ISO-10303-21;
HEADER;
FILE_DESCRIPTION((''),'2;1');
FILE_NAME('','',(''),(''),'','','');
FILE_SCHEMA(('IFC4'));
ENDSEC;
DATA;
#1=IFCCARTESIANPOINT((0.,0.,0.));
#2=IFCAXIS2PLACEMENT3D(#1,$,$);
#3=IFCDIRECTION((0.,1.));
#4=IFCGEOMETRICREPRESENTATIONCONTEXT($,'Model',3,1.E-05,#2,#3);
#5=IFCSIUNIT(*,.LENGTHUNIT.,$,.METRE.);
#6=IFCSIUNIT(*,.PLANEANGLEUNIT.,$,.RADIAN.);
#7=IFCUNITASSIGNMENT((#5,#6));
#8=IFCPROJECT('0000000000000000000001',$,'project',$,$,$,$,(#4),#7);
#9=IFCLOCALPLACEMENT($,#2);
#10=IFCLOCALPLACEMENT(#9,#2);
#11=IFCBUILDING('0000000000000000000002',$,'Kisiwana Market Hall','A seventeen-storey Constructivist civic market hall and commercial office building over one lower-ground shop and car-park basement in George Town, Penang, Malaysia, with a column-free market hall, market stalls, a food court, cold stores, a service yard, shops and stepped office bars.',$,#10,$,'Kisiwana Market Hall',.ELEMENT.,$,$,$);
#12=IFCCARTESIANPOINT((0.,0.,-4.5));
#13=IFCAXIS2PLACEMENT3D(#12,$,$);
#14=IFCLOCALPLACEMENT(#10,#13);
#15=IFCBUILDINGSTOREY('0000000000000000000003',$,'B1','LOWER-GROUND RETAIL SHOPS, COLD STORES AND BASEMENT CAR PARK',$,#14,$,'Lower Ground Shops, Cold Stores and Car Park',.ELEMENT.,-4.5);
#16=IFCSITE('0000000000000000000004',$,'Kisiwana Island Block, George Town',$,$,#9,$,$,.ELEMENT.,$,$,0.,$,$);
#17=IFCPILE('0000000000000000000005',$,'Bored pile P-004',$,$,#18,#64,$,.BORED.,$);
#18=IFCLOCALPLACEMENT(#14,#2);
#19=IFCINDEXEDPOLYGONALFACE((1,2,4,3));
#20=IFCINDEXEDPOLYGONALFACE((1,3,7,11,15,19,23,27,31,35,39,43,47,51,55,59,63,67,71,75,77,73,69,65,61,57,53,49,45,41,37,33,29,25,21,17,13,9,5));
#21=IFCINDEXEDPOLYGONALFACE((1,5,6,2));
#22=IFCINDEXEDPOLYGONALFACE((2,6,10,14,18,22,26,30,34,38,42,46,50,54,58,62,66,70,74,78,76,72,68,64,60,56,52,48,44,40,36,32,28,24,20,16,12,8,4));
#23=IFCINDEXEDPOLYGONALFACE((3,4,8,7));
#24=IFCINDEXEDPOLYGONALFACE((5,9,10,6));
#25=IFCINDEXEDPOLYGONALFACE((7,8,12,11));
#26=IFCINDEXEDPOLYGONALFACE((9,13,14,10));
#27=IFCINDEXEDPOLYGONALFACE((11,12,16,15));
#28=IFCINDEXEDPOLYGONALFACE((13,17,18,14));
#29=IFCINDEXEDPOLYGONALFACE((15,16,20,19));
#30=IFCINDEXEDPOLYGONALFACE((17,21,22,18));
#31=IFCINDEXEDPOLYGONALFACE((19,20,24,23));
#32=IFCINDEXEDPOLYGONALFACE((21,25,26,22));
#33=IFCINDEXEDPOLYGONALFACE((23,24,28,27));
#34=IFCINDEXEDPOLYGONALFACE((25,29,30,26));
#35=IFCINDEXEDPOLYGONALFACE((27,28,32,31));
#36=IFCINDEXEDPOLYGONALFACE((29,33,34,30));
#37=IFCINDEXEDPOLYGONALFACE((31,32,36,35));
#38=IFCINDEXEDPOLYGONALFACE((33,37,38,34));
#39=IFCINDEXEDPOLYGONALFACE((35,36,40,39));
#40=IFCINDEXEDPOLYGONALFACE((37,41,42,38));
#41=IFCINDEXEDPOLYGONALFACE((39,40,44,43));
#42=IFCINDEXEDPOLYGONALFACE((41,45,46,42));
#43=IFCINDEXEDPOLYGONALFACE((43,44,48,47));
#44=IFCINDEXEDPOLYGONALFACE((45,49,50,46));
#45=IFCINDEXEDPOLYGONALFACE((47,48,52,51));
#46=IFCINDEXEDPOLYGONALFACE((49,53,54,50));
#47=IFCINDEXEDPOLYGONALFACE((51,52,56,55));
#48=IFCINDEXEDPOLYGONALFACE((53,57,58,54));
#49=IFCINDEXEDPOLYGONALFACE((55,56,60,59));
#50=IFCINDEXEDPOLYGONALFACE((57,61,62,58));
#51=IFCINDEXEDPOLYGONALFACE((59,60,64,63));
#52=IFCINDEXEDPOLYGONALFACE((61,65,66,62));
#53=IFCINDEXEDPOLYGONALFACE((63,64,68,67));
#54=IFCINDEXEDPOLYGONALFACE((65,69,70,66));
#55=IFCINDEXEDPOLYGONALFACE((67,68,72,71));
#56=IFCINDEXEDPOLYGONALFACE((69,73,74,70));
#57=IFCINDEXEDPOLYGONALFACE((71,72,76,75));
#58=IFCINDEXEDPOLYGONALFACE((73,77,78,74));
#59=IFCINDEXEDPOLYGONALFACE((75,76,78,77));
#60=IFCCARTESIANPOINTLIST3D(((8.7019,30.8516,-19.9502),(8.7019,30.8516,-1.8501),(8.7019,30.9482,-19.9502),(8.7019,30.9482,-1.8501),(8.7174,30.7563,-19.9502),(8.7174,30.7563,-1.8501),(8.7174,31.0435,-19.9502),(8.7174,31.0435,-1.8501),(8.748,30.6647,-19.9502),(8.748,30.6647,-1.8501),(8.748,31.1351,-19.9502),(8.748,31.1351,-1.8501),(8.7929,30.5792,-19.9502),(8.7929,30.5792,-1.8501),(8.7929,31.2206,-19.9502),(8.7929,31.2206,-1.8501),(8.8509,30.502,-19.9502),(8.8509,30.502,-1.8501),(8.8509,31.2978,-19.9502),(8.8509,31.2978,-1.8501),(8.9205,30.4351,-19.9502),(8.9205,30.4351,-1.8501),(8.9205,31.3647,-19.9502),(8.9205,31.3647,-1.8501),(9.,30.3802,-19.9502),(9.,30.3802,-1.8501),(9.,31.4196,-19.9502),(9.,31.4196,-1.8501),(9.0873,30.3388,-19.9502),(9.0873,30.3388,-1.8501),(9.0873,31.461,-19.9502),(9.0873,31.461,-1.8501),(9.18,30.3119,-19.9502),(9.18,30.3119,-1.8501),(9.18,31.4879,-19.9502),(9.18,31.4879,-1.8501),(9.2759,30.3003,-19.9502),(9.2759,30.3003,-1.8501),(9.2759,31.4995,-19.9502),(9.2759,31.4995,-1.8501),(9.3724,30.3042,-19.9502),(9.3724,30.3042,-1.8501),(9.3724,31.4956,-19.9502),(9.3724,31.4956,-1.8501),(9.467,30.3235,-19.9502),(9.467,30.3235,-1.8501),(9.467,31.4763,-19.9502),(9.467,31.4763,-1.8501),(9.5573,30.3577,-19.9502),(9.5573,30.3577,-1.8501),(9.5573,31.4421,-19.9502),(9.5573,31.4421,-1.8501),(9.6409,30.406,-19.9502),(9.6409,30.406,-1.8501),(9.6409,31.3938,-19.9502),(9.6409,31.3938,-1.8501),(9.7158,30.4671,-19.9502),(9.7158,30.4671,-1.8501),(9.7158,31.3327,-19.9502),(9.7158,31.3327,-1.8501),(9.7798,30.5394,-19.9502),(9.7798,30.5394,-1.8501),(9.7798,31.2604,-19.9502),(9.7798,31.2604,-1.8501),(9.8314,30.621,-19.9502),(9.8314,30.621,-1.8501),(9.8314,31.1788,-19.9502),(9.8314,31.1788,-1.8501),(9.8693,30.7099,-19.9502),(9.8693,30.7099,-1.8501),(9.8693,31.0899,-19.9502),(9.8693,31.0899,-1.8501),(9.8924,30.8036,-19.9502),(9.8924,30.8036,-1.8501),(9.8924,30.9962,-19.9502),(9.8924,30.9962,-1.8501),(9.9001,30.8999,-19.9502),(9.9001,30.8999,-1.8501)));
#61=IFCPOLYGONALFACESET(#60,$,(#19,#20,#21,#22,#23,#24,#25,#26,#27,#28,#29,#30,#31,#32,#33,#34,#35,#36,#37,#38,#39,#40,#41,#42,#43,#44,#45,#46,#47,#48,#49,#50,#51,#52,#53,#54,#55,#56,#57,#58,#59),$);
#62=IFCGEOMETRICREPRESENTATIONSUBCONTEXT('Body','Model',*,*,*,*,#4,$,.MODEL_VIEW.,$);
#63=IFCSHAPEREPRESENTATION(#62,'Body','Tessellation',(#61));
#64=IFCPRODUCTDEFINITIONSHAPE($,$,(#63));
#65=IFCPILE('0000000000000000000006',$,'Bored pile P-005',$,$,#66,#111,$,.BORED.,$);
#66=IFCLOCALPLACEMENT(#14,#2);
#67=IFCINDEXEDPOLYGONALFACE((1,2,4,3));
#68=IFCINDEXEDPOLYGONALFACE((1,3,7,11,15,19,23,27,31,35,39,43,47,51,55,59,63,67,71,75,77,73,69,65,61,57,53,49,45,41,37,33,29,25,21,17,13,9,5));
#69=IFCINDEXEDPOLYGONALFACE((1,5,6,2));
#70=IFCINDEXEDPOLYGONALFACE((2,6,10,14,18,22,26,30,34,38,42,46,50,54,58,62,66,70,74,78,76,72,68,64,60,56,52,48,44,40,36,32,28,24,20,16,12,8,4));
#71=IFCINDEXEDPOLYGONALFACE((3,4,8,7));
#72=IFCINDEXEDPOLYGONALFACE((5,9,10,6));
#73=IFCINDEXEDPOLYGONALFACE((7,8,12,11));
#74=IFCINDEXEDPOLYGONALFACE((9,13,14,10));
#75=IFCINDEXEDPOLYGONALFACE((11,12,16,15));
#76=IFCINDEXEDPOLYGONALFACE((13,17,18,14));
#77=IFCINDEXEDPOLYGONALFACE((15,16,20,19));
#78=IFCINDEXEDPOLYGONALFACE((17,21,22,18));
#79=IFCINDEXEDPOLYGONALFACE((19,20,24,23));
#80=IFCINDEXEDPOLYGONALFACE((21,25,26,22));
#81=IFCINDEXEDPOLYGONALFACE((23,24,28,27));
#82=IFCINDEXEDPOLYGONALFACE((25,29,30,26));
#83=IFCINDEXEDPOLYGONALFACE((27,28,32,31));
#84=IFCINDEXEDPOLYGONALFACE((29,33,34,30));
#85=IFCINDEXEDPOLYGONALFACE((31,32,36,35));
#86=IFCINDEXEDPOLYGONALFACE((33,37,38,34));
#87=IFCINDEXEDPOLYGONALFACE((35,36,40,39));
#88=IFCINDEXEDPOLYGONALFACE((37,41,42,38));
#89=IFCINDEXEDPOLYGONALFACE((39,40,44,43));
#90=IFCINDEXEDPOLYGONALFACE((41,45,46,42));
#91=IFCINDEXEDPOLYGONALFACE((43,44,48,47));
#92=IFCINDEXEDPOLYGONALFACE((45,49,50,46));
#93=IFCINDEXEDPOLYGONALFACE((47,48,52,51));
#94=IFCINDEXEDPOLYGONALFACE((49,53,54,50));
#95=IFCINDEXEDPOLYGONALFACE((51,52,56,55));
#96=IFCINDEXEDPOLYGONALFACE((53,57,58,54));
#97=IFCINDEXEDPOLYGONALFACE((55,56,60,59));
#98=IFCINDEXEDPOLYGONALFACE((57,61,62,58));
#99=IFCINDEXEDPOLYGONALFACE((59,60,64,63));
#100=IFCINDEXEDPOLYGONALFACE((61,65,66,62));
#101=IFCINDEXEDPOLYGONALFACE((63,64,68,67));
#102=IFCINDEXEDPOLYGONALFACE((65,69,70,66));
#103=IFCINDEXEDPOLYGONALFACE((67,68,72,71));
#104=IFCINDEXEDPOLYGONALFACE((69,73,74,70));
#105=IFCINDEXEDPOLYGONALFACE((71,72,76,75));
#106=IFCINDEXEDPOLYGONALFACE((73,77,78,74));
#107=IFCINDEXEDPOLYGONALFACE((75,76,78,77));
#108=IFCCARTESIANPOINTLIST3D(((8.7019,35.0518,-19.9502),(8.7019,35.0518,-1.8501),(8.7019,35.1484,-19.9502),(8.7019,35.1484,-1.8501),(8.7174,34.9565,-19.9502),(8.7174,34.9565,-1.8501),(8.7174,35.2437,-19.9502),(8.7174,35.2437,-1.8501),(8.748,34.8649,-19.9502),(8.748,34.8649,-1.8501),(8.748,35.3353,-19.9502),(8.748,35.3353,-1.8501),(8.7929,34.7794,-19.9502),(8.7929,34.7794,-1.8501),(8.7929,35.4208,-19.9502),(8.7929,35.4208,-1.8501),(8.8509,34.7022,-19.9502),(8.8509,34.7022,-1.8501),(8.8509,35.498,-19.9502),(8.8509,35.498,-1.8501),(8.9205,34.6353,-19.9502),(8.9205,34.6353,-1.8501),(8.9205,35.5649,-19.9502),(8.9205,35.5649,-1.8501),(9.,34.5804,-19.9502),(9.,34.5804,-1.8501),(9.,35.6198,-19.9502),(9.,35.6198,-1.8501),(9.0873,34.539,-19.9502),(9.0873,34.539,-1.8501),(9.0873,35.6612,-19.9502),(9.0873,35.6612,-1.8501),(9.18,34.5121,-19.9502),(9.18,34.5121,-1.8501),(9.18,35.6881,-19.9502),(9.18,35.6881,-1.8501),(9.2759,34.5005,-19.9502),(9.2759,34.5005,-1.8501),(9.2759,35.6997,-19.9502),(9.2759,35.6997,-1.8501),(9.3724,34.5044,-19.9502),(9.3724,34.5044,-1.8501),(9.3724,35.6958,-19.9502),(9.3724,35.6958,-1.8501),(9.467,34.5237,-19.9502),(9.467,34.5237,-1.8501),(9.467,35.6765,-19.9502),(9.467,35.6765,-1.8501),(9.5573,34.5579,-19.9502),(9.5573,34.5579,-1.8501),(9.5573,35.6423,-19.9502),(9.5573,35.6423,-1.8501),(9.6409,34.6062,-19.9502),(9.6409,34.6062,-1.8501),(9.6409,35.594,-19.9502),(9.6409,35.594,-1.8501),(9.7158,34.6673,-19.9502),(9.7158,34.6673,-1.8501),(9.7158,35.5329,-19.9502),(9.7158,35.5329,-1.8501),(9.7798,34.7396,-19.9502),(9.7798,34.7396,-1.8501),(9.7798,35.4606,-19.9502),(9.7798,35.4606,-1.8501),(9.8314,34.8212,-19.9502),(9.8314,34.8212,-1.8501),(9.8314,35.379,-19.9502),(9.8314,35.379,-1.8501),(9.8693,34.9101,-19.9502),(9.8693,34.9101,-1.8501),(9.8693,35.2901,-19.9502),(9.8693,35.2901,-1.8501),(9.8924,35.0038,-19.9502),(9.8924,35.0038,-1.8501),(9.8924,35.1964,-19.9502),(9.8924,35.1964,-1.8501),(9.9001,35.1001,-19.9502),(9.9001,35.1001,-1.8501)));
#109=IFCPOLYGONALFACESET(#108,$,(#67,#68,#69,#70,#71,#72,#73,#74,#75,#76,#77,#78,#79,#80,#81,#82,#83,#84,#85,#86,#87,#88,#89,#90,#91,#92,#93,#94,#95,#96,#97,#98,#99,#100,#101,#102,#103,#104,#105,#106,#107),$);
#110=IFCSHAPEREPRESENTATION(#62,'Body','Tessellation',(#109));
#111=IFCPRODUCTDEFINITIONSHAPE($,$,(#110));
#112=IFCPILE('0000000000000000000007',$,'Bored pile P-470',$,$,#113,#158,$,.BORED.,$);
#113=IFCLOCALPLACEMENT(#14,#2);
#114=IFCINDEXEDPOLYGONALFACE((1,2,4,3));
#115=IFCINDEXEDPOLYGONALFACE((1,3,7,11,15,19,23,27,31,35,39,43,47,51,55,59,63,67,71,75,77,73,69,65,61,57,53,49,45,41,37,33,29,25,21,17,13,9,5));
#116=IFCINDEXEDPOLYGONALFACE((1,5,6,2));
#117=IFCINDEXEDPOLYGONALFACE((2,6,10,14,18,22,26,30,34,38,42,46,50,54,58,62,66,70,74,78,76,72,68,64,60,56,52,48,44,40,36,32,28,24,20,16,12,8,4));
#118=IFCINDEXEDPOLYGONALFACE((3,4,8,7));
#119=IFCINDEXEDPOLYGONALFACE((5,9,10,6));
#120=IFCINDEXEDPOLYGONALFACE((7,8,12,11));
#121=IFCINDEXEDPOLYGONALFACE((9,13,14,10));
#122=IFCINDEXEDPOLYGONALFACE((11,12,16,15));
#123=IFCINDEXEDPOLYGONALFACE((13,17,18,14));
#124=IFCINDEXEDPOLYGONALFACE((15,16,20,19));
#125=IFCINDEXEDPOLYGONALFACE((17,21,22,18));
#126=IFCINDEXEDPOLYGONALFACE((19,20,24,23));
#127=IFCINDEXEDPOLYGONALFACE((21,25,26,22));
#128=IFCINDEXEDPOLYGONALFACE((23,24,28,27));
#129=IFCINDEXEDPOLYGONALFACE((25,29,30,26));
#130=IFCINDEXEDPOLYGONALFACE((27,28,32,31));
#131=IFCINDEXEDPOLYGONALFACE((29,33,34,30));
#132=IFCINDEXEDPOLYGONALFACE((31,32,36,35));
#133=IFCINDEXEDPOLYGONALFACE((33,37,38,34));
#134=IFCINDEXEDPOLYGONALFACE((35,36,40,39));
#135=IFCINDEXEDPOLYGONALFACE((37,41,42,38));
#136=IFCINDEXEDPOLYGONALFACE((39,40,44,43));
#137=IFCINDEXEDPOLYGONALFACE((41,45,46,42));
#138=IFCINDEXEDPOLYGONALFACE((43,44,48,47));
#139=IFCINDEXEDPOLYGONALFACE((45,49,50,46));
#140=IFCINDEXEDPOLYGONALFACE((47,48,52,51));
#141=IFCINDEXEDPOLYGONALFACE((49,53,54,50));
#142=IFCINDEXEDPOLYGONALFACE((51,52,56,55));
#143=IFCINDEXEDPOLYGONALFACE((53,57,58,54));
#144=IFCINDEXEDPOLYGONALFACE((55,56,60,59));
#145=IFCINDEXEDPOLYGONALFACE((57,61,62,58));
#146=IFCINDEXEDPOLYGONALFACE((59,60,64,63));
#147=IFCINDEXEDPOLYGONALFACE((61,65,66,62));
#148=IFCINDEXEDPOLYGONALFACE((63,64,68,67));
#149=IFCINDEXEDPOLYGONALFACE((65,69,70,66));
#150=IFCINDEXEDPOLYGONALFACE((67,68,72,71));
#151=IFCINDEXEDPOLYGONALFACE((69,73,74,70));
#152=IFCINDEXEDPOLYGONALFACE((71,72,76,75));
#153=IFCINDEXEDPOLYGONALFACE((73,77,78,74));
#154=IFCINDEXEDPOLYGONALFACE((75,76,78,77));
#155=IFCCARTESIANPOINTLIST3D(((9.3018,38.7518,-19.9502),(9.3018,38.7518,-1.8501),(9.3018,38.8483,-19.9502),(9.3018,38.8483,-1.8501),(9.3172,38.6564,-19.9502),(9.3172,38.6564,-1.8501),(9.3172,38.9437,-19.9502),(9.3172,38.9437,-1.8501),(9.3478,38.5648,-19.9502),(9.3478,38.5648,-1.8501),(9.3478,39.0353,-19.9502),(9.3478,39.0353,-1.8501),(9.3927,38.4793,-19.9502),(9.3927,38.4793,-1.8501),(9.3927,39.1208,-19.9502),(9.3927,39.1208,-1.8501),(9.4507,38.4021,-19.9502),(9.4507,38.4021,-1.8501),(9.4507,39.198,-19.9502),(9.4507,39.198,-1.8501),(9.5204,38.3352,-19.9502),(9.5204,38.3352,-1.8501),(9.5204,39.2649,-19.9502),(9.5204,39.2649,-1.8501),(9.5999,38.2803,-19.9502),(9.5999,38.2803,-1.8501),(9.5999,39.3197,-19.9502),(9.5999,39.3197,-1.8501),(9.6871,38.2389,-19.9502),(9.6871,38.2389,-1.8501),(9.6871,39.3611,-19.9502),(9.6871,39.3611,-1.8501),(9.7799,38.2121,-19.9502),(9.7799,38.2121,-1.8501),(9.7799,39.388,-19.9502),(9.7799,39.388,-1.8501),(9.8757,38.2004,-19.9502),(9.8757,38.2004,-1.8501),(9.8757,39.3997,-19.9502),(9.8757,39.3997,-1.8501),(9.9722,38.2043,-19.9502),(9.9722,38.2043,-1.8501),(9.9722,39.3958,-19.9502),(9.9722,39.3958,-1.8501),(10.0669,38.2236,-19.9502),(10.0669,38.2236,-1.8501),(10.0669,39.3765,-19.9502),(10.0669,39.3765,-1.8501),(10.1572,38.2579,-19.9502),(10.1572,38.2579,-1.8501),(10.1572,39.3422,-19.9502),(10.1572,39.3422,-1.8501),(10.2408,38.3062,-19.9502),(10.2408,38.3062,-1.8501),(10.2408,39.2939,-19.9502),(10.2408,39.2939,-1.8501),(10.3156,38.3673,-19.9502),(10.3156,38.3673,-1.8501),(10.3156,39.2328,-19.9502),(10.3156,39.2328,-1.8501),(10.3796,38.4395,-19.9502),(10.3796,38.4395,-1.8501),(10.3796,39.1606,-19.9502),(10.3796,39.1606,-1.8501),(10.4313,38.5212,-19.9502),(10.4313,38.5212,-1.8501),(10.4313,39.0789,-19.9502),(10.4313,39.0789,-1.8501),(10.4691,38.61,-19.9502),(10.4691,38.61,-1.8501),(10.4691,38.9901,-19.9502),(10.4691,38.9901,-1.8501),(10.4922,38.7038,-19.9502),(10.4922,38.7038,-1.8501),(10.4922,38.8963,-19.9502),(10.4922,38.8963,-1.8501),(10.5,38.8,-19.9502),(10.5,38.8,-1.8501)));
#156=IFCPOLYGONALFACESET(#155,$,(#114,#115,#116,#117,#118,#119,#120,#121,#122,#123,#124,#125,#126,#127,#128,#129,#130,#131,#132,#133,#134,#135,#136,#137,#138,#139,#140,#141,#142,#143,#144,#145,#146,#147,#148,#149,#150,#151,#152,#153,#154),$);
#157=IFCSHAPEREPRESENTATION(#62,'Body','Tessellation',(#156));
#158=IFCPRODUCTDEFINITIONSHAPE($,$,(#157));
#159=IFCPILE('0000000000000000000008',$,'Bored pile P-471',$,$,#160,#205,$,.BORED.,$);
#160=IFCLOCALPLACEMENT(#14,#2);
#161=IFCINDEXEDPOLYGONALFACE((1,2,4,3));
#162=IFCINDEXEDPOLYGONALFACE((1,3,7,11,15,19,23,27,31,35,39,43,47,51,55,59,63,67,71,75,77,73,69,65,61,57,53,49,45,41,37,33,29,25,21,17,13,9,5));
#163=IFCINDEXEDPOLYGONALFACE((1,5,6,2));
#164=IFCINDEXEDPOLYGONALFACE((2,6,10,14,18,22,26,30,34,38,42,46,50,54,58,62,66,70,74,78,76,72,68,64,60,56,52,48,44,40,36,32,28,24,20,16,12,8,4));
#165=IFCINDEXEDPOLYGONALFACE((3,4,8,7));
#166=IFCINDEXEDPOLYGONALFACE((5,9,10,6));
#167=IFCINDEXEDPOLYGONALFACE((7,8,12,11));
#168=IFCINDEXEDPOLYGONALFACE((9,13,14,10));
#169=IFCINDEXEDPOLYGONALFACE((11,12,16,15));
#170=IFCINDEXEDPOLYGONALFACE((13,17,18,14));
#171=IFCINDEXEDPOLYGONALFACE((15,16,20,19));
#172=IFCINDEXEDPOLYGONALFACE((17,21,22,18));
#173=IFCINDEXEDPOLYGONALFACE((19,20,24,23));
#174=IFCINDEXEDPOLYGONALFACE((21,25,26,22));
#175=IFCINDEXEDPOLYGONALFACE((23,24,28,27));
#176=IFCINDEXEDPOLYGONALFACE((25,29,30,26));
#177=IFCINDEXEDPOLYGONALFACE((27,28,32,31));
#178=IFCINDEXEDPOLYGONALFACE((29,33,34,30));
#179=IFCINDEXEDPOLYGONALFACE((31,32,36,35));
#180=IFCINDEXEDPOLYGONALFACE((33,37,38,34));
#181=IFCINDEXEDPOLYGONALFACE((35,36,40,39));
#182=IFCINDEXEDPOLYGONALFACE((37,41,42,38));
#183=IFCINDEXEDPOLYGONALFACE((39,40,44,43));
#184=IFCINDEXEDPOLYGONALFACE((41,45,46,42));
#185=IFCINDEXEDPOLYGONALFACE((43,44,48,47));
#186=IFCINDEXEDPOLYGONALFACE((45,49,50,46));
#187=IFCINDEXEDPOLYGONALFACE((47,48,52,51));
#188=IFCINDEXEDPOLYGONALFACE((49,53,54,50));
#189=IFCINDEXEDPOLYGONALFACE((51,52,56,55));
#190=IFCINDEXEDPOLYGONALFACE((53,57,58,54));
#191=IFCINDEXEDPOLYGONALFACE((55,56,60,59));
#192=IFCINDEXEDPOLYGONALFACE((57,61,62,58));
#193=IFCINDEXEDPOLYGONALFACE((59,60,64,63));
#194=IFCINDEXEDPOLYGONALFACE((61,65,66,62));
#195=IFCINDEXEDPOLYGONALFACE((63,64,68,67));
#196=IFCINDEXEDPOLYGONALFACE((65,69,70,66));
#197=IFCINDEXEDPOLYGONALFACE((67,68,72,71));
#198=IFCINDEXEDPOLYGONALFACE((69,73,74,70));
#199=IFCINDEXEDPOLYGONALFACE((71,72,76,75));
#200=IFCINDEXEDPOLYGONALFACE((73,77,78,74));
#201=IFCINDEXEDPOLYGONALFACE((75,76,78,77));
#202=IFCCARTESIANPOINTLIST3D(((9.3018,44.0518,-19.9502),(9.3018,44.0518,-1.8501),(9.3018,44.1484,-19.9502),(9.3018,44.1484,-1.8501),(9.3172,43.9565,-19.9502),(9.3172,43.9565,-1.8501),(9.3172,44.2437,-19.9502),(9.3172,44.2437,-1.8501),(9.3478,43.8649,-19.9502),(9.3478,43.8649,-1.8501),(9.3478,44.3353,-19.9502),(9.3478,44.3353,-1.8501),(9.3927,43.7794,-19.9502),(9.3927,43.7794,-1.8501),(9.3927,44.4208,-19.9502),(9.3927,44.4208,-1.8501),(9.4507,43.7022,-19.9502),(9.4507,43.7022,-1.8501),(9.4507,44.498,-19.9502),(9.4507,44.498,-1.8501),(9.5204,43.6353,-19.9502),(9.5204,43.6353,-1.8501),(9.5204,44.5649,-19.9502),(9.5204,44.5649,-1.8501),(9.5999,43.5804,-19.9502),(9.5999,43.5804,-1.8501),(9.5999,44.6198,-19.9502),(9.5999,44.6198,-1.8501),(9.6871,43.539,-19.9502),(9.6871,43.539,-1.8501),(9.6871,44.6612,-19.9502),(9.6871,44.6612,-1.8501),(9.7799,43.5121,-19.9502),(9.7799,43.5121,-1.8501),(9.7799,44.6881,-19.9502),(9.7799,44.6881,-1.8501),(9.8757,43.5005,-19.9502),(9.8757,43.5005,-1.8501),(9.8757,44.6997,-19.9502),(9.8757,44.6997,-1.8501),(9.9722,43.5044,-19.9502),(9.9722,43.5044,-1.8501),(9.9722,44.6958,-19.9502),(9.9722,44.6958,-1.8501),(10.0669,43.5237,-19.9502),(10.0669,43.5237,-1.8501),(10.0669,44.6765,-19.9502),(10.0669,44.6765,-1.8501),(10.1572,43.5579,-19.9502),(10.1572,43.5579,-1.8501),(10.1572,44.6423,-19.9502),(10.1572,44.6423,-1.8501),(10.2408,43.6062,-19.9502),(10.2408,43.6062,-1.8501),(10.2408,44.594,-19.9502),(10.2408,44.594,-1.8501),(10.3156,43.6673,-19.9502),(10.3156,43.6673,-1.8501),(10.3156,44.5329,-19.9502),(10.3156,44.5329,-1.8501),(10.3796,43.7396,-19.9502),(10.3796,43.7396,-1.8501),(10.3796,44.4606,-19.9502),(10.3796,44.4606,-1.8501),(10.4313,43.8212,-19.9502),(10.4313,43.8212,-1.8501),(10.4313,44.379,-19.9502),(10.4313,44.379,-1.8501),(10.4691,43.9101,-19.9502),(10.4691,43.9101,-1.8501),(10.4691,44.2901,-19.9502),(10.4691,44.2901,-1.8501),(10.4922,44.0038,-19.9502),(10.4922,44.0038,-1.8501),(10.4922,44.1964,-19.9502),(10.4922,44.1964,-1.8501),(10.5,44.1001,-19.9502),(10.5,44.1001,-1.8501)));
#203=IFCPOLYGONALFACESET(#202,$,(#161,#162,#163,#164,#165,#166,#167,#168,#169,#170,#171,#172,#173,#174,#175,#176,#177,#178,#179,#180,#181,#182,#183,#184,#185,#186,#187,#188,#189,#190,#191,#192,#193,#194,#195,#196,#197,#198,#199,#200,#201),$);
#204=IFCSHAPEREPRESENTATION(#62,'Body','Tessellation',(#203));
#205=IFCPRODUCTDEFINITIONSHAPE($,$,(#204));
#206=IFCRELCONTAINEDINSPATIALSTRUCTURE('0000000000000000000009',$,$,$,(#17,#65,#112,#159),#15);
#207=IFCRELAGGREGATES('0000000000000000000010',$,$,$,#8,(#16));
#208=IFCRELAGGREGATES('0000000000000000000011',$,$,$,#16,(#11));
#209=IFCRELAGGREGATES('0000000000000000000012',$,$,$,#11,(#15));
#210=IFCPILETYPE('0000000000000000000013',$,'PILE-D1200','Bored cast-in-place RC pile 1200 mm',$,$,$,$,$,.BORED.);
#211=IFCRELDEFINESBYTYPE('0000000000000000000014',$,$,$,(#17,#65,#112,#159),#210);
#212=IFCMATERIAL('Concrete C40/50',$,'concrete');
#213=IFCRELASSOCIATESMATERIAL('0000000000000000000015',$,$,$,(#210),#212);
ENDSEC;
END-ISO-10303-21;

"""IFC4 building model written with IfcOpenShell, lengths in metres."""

from ifc_helpers import new_model, si_unit, direction, frame, origin, origin_2d, place, context, subcontext, project, spatial, circle, extrude, material, material_profile, profile_set, type_object, element, save


model = new_model("IFC4")

# Units and contexts
model_context = context("Model", 3, precision=1e-05, world=origin(), true_north=direction((0.0, 1.0)))
body_context = subcontext(model_context, "Body", "Model", "MODEL_VIEW")
ifc_project = project(units=[si_unit("LENGTHUNIT", "METRE"), si_unit("PLANEANGLEUNIT", "RADIAN")], contexts=[model_context])

# Site, building, storey
site_placement = place(None, origin())
site = spatial("IfcSite", under=ifc_project, at=site_placement, Name="Kisiwana Island Block, George Town", CompositionType="ELEMENT", RefElevation=0.0)
building_placement = place(site_placement, origin())
building = spatial("IfcBuilding", under=site, at=building_placement, Name="Kisiwana Market Hall", Description="A seventeen-storey Constructivist civic market hall and commercial office building over one lower-ground shop and car-park basement in George Town, Penang, Malaysia, with a column-free market hall, market stalls, a food court, cold stores, a service yard, shops and stepped office bars.", LongName="Kisiwana Market Hall", CompositionType="ELEMENT")
storey_placement = place(building_placement, frame((0.0, 0.0, -4.5)))
storey = spatial("IfcBuildingStorey", under=building, at=storey_placement, Name="B1", Description="LOWER-GROUND RETAIL SHOPS, COLD STORES AND BASEMENT CAR PARK", LongName="Lower Ground Shops, Cold Stores and Car Park", CompositionType="ELEMENT", Elevation=-4.5)

# Piles
ifc_material_1 = material(Name="Concrete C40/50", Category="concrete")
ifc_material_profile_1 = material_profile(ifc_material_1, circle(Radius=0.6001, at=origin_2d()), Name="BP D1200")
ifc_profile_set_1 = profile_set([ifc_material_profile_1], Name="Concrete C40/50")
pile_type_1 = type_object("IfcPileType", Name="PILE-D1200", Description="Bored cast-in-place RC pile 1200 mm", PredefinedType="BORED", material=ifc_profile_set_1)
for number, where, z_axis, x_axis, name in (
    (1, (9.3, 30.8999, -1.8501), (0.0, 0.0, -1.0), (1.0, 0.0, 0.0), "Bored pile P-004"),
    (2, (9.3, 35.1001, -1.8501), (0.0, 0.0, -1.0), (1.0, 0.0, 0.0), "Bored pile P-005"),
    (3, (9.8999, 38.8, -1.8501), (0.0, 0.0, -1.0), (1.0, 0.0, 0.0), "Bored pile P-470"),
    (4, (9.8999, 44.1001, -1.8501), (0.0, 0.0, -1.0), (1.0, 0.0, 0.0), "Bored pile P-471"),
):
    element("IfcPile", number, at=place(storey_placement, frame(where, z_axis=z_axis, x_axis=x_axis)), inside=storey, type_object=pile_type_1, Name=name, PredefinedType="BORED", context=body_context, shape_type="SweptSolid", body=[
        extrude(circle(Radius=0.6001, at=origin_2d()), origin(), (0.0, 0.0, 1.0), 18.1001),
    ])

save(model, "model.ifc")
